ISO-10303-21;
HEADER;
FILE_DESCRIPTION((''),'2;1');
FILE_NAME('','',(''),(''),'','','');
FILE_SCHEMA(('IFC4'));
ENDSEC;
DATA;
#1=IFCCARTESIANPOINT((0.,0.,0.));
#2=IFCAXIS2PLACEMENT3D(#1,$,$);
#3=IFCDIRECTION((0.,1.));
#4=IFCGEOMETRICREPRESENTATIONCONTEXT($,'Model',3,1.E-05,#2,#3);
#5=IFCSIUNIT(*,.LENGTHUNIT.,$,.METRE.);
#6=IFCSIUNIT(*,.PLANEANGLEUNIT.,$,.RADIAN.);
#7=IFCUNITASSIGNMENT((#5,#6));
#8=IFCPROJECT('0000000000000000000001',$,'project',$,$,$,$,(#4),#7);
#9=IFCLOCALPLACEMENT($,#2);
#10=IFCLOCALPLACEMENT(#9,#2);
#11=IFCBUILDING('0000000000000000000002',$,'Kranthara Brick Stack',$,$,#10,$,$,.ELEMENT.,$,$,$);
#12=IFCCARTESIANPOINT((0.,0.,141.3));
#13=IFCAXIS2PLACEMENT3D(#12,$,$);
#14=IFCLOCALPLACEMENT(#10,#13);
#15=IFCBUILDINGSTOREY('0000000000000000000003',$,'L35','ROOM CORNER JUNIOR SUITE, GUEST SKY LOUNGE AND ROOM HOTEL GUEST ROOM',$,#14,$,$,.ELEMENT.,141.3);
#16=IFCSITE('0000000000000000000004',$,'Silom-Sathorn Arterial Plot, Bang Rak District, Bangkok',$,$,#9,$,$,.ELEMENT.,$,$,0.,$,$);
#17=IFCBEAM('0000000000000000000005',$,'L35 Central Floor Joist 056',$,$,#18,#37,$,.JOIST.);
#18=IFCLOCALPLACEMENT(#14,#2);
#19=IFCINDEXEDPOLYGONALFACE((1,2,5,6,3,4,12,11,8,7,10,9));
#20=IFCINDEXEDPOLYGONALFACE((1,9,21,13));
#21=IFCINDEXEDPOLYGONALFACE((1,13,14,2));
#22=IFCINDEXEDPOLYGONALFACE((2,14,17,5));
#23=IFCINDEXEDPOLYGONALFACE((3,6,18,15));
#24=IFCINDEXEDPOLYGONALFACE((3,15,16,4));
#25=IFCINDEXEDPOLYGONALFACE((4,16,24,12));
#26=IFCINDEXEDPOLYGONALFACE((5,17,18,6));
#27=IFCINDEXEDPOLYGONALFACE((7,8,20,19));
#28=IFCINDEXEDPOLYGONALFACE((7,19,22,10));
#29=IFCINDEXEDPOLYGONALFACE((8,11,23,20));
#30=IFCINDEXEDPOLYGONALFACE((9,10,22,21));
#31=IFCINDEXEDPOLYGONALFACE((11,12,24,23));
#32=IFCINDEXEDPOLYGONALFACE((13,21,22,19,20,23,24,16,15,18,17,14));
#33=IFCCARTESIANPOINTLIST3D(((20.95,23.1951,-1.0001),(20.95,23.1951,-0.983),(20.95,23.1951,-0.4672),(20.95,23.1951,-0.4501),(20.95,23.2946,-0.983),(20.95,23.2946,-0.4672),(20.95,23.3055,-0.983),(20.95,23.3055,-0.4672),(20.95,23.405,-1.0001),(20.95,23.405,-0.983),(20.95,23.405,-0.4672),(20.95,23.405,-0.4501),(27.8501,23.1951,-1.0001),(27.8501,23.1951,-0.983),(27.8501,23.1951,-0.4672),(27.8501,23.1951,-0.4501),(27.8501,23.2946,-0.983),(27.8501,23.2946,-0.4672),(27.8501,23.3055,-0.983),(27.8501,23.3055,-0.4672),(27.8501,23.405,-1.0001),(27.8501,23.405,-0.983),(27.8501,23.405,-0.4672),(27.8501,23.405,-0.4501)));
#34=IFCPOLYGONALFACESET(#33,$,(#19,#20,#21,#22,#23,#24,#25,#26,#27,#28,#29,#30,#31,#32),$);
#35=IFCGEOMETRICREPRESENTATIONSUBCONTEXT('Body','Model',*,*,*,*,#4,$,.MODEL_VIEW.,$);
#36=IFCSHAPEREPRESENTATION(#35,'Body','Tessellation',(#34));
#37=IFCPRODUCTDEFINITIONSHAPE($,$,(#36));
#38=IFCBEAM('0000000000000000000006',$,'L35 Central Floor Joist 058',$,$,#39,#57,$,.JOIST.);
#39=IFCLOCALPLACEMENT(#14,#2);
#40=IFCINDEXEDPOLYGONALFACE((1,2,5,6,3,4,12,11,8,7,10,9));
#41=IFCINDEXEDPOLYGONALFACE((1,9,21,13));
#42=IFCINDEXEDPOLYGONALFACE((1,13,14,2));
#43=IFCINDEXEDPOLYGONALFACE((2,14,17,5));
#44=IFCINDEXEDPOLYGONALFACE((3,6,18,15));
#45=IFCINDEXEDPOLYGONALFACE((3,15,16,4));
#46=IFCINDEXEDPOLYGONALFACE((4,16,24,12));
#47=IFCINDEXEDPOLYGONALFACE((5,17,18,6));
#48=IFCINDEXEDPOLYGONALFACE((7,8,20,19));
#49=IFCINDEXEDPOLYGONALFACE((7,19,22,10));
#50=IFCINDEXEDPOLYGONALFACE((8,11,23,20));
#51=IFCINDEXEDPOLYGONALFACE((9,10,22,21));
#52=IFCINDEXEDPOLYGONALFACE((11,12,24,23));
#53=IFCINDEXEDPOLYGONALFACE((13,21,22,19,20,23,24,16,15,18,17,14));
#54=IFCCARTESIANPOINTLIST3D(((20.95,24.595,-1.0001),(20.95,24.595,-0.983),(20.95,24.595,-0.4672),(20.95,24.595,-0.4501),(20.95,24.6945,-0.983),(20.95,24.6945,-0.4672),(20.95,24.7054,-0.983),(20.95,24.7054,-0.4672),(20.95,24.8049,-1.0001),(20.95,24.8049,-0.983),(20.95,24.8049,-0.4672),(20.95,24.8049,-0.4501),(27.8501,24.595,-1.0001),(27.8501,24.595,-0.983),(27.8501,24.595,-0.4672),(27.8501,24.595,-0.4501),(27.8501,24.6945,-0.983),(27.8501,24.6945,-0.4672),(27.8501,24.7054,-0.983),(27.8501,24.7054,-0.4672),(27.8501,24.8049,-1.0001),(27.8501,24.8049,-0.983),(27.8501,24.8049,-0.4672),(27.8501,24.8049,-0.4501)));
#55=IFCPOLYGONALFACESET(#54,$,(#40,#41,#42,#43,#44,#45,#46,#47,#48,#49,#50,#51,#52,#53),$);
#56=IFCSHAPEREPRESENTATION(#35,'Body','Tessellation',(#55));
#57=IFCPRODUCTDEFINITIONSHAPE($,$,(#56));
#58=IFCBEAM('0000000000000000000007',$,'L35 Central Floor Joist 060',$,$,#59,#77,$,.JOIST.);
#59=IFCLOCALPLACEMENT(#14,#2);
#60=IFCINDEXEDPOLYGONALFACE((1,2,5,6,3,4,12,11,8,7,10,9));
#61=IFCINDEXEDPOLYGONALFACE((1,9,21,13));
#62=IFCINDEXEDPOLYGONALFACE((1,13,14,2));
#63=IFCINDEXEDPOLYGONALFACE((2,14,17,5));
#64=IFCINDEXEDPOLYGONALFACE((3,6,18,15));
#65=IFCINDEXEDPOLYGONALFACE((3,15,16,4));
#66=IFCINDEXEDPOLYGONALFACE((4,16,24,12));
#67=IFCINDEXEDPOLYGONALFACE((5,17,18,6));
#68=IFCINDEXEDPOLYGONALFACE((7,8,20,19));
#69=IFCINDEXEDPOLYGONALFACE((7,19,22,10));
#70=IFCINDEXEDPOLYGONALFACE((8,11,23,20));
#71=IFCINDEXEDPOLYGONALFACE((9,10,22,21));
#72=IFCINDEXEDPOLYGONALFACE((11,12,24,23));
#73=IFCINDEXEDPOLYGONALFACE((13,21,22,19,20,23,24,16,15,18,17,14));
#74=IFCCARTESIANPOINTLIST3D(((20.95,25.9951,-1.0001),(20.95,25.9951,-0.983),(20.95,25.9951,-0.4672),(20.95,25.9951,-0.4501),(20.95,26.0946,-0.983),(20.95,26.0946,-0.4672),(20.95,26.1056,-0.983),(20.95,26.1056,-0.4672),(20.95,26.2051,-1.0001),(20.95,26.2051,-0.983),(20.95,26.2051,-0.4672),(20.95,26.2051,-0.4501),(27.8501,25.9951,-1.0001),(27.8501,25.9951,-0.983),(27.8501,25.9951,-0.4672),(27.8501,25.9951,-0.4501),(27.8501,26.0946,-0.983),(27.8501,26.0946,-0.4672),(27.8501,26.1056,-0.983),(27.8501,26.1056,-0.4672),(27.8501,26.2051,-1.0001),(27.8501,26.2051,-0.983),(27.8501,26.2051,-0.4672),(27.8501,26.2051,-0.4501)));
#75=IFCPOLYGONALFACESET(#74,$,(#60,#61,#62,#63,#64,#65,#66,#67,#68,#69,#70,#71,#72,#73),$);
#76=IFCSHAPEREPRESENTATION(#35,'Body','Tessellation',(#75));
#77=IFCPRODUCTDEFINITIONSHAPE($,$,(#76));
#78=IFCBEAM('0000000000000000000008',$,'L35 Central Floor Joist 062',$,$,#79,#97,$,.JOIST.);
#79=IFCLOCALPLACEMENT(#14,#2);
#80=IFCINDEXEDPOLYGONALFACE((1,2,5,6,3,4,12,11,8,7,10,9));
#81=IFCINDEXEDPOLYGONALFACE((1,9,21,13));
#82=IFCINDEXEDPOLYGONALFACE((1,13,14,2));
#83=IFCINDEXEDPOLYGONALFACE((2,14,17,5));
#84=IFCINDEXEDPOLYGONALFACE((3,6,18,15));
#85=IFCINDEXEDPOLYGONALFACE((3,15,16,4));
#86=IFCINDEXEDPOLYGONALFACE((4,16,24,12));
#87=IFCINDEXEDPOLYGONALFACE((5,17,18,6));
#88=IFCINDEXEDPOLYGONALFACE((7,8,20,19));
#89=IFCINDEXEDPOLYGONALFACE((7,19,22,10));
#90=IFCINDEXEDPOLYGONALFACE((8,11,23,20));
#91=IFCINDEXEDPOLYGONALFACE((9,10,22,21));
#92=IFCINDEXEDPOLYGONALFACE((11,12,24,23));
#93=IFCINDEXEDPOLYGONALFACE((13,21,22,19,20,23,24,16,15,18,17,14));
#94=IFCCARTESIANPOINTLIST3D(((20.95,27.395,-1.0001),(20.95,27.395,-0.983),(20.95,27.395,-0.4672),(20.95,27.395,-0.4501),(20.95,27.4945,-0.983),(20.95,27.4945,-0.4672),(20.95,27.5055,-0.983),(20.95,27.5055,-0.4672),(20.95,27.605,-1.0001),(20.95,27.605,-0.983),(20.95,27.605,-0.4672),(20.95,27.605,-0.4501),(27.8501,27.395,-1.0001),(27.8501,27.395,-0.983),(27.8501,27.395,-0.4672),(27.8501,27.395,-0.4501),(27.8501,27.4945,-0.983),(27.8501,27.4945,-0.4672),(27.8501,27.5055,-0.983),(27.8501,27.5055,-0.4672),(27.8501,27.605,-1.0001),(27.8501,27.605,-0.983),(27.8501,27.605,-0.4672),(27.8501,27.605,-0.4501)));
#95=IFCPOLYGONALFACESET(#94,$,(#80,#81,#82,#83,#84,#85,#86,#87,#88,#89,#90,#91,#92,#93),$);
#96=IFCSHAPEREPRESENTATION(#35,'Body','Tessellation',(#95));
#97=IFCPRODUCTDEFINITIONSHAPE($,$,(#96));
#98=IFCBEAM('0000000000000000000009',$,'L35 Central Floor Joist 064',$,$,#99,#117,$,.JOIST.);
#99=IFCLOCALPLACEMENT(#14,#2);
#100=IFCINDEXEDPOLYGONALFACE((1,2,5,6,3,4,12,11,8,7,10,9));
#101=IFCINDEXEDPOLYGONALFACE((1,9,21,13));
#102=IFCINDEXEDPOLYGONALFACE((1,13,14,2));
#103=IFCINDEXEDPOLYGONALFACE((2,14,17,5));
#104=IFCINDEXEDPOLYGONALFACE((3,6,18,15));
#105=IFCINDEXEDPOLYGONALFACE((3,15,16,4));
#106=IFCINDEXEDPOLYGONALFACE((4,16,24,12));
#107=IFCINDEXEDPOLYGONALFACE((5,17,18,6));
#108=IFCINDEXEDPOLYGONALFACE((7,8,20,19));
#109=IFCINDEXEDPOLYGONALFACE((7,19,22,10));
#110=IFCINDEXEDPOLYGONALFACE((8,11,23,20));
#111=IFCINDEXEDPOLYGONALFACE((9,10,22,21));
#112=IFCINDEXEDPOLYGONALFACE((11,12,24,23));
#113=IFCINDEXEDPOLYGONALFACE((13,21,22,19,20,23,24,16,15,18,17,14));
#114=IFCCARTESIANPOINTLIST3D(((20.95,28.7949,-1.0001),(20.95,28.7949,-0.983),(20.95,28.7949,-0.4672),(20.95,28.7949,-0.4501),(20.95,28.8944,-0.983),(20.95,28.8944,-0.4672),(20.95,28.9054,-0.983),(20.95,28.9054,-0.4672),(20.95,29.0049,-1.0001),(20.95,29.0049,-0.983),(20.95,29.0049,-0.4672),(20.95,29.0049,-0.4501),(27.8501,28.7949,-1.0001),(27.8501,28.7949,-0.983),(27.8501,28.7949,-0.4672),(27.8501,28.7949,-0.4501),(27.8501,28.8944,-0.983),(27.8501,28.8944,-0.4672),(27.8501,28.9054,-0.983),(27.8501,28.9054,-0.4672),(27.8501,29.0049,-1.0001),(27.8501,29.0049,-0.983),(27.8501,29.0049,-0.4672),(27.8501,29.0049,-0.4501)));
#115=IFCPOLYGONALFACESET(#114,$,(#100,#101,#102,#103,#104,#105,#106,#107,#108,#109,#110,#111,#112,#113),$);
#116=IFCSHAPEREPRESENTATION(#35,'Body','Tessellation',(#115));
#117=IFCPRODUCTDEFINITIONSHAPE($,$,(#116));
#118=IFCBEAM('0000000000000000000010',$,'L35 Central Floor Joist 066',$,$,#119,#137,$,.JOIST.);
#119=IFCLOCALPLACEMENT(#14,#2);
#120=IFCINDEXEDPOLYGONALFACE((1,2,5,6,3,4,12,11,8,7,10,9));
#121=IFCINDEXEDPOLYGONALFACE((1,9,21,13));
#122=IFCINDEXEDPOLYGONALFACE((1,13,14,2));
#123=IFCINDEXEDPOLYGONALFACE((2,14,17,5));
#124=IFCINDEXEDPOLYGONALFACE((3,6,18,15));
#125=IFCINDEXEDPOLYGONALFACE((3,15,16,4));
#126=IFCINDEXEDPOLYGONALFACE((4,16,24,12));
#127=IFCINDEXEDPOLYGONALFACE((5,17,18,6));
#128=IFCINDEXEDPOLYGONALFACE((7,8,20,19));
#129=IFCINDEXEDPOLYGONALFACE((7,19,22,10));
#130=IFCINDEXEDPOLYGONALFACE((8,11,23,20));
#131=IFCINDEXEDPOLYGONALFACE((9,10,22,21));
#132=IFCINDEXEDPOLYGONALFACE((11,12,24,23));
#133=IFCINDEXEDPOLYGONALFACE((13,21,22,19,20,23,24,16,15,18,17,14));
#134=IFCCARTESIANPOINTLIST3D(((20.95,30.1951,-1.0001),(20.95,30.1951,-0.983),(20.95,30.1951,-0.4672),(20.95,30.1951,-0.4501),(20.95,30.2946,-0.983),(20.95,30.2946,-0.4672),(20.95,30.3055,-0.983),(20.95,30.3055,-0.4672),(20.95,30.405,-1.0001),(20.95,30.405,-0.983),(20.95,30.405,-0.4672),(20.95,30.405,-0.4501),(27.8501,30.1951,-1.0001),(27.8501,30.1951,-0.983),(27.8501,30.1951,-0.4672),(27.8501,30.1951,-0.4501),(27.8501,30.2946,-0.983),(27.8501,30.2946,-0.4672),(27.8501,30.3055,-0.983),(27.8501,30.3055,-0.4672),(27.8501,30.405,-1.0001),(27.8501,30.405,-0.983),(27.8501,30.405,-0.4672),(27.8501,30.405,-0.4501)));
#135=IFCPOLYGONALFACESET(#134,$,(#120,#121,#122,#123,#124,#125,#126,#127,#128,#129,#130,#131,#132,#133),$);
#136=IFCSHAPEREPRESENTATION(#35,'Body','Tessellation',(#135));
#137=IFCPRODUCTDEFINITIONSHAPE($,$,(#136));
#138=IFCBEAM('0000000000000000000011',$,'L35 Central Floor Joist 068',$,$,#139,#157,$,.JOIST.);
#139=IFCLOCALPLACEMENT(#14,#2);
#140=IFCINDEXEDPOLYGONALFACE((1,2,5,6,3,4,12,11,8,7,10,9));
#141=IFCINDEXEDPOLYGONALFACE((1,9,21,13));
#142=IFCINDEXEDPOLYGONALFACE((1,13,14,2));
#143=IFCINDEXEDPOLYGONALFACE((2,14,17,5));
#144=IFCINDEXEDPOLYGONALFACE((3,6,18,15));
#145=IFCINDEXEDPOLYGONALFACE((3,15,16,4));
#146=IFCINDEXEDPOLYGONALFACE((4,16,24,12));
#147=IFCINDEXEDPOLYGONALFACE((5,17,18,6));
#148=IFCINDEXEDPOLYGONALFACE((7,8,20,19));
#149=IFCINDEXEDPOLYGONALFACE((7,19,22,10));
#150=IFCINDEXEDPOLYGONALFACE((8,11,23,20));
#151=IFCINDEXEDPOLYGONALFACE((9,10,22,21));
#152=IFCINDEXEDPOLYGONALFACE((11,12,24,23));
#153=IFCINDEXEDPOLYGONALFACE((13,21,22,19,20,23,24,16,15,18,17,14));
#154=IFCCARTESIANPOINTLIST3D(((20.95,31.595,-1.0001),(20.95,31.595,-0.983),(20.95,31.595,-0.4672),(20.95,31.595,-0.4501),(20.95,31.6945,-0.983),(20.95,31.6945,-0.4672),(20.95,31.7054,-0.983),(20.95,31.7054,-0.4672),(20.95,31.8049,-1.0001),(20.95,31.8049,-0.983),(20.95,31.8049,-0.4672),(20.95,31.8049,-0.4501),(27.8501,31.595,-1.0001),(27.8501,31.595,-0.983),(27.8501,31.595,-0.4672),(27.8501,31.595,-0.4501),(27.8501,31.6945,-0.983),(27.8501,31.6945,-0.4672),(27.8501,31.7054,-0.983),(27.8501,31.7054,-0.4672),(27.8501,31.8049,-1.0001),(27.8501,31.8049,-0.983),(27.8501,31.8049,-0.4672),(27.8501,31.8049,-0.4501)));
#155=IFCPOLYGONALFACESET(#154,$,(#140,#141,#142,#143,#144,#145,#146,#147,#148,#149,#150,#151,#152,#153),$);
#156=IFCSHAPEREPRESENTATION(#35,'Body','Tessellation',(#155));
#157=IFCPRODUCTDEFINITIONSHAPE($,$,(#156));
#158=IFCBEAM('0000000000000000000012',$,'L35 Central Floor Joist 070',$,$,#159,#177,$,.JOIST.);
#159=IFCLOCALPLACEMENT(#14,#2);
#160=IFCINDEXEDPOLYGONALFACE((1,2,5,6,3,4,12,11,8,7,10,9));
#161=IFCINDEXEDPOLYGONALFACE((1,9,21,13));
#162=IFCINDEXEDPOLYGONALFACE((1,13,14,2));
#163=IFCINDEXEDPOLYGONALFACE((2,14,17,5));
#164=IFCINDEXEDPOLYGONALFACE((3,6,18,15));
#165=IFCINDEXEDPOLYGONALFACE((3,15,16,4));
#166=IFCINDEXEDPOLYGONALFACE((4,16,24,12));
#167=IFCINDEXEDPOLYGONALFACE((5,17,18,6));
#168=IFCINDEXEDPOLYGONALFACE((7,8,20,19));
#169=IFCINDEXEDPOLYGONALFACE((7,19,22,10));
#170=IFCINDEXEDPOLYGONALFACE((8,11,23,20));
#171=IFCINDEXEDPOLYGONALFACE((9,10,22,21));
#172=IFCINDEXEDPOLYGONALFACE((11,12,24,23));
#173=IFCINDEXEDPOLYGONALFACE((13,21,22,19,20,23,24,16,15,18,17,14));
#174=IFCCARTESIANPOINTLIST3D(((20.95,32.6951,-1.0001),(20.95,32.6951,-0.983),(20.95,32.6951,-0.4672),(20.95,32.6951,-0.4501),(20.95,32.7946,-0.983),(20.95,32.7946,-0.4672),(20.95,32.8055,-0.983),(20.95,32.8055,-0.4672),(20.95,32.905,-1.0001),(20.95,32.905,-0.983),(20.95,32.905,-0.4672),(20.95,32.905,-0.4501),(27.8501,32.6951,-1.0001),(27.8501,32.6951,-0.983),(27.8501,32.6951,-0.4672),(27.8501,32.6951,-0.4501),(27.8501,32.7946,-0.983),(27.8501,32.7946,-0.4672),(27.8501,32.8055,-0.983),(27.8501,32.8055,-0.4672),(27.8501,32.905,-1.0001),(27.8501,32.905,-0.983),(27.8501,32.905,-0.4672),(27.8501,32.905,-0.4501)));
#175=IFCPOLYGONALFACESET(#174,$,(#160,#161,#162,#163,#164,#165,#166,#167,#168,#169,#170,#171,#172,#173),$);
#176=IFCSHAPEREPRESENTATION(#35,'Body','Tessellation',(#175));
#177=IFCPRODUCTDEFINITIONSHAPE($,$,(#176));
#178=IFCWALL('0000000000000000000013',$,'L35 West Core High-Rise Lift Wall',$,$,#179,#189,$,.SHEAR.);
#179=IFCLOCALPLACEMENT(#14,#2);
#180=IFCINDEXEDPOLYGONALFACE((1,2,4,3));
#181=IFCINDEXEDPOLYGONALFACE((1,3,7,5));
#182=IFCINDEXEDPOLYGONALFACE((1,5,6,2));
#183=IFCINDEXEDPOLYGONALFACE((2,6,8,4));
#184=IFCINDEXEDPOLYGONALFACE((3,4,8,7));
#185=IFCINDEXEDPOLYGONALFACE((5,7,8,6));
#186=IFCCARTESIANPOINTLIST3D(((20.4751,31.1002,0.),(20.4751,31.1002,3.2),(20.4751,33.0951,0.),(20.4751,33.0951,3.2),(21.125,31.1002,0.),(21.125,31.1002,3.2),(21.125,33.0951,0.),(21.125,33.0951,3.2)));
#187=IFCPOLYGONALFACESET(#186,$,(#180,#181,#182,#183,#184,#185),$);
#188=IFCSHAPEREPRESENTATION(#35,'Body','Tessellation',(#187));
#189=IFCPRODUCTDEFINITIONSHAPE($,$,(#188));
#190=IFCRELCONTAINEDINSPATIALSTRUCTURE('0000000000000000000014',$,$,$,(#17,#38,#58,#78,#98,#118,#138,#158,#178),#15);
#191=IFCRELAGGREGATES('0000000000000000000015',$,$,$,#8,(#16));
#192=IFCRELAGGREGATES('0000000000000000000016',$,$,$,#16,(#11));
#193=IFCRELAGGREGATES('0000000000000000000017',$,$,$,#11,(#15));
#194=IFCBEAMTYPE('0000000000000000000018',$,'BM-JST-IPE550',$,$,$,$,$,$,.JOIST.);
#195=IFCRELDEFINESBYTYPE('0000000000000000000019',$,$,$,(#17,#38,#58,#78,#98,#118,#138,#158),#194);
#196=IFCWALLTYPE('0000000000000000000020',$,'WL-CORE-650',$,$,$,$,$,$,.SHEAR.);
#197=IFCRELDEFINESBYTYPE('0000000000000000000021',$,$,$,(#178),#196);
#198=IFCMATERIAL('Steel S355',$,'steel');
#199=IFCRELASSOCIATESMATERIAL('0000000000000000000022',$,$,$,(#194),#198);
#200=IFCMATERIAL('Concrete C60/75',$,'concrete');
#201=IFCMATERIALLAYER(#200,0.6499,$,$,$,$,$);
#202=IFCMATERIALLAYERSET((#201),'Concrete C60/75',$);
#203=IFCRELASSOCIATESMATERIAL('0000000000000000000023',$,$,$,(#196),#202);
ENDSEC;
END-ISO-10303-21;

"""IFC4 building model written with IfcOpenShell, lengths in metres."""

from ifc_helpers import new_model, si_unit, direction, frame, frame_2d, origin, origin_2d, place, context, subcontext, project, spatial, rectangle, i_section, extrude, material, layer, layer_set, material_profile, profile_set, type_object, element, save


model = new_model("IFC4")

# Units and contexts
model_context = context("Model", 3, precision=1e-05, world=origin(), true_north=direction((0.0, 1.0)))
body_context = subcontext(model_context, "Body", "Model", "MODEL_VIEW")
ifc_project = project(units=[si_unit("LENGTHUNIT", "METRE"), si_unit("PLANEANGLEUNIT", "RADIAN")], contexts=[model_context])

# Site, building, storey
site_placement = place(None, origin())
site = spatial("IfcSite", under=ifc_project, at=site_placement, Name="Silom-Sathorn Arterial Plot, Bang Rak District, Bangkok", CompositionType="ELEMENT", RefElevation=0.0)
building_placement = place(site_placement, origin())
building = spatial("IfcBuilding", under=site, at=building_placement, Name="Kranthara Brick Stack", CompositionType="ELEMENT")
storey_placement = place(building_placement, frame((0.0, 0.0, 141.3)))
storey = spatial("IfcBuildingStorey", under=building, at=storey_placement, Name="L35", Description="ROOM CORNER JUNIOR SUITE, GUEST SKY LOUNGE AND ROOM HOTEL GUEST ROOM", CompositionType="ELEMENT", Elevation=141.3)

# Beams
ifc_material_1 = material(Name="Steel S355", Category="steel")
ifc_material_profile = material_profile(ifc_material_1, i_section(OverallWidth=0.21, OverallDepth=0.55, WebThickness=0.011, FlangeThickness=0.0171, at=origin_2d()), Name="IPE 550")
ifc_profile_set = profile_set([ifc_material_profile], Name="Steel S355")
beam_type = type_object("IfcBeamType", Name="BM-JST-IPE550", PredefinedType="JOIST", material=ifc_profile_set)
for number, where, z_axis, x_axis, name in (
    (1, (20.95, 23.3, -0.7251), (1.0, 0.0, 0.0), (0.0, 1.0, 0.0), "L35 Central Floor Joist 056"),
    (2, (20.95, 24.7, -0.7251), (1.0, 0.0, 0.0), (0.0, 1.0, 0.0), "L35 Central Floor Joist 058"),
    (3, (20.95, 26.1001, -0.7251), (1.0, 0.0, 0.0), (0.0, 1.0, 0.0), "L35 Central Floor Joist 060"),
    (4, (20.95, 27.5, -0.7251), (1.0, 0.0, 0.0), (0.0, 1.0, 0.0), "L35 Central Floor Joist 062"),
    (5, (20.95, 28.8999, -0.7251), (1.0, 0.0, 0.0), (0.0, 1.0, 0.0), "L35 Central Floor Joist 064"),
    (6, (20.95, 30.3, -0.7251), (1.0, 0.0, 0.0), (0.0, 1.0, 0.0), "L35 Central Floor Joist 066"),
    (7, (20.95, 31.7, -0.7251), (1.0, 0.0, 0.0), (0.0, 1.0, 0.0), "L35 Central Floor Joist 068"),
    (8, (20.95, 32.8, -0.7251), (1.0, 0.0, 0.0), (0.0, 1.0, 0.0), "L35 Central Floor Joist 070"),
):
    element("IfcBeam", number, at=place(storey_placement, frame(where, z_axis=z_axis, x_axis=x_axis)), inside=storey, type_object=beam_type, Name=name, PredefinedType="JOIST", context=body_context, shape_type="SweptSolid", body=[
        extrude(i_section(OverallWidth=0.21, OverallDepth=0.55, WebThickness=0.011, FlangeThickness=0.0171, at=origin_2d()), origin(), (0.0, 0.0, 1.0), 6.9001),
    ])

# Wall
ifc_material_2 = material(Name="Concrete C60/75", Category="concrete")
ifc_layer_1 = layer(ifc_material_2, 0.6499)
ifc_layer_set_1 = layer_set([ifc_layer_1], Name="Concrete C60/75")
wall_type_1 = type_object("IfcWallType", Name="WL-CORE-650", PredefinedType="SHEAR", material=ifc_layer_set_1)
wall_1_placement = place(storey_placement, frame((20.8, 31.1001, 0.0), z_axis=(0.0, 0.0, 1.0), x_axis=(0.0, 1.0, 0.0)))
element("IfcWall", 9, at=wall_1_placement, inside=storey, type_object=wall_type_1, Name="L35 West Core High-Rise Lift Wall", PredefinedType="SHEAR", context=body_context, shape_type="SweptSolid", body=[
    extrude(rectangle(XDim=1.9949, YDim=0.6499, at=frame_2d((0.9976, 0.0))), origin(), (0.0, 0.0, 1.0), 3.2),
])

save(model, "model.ifc")
